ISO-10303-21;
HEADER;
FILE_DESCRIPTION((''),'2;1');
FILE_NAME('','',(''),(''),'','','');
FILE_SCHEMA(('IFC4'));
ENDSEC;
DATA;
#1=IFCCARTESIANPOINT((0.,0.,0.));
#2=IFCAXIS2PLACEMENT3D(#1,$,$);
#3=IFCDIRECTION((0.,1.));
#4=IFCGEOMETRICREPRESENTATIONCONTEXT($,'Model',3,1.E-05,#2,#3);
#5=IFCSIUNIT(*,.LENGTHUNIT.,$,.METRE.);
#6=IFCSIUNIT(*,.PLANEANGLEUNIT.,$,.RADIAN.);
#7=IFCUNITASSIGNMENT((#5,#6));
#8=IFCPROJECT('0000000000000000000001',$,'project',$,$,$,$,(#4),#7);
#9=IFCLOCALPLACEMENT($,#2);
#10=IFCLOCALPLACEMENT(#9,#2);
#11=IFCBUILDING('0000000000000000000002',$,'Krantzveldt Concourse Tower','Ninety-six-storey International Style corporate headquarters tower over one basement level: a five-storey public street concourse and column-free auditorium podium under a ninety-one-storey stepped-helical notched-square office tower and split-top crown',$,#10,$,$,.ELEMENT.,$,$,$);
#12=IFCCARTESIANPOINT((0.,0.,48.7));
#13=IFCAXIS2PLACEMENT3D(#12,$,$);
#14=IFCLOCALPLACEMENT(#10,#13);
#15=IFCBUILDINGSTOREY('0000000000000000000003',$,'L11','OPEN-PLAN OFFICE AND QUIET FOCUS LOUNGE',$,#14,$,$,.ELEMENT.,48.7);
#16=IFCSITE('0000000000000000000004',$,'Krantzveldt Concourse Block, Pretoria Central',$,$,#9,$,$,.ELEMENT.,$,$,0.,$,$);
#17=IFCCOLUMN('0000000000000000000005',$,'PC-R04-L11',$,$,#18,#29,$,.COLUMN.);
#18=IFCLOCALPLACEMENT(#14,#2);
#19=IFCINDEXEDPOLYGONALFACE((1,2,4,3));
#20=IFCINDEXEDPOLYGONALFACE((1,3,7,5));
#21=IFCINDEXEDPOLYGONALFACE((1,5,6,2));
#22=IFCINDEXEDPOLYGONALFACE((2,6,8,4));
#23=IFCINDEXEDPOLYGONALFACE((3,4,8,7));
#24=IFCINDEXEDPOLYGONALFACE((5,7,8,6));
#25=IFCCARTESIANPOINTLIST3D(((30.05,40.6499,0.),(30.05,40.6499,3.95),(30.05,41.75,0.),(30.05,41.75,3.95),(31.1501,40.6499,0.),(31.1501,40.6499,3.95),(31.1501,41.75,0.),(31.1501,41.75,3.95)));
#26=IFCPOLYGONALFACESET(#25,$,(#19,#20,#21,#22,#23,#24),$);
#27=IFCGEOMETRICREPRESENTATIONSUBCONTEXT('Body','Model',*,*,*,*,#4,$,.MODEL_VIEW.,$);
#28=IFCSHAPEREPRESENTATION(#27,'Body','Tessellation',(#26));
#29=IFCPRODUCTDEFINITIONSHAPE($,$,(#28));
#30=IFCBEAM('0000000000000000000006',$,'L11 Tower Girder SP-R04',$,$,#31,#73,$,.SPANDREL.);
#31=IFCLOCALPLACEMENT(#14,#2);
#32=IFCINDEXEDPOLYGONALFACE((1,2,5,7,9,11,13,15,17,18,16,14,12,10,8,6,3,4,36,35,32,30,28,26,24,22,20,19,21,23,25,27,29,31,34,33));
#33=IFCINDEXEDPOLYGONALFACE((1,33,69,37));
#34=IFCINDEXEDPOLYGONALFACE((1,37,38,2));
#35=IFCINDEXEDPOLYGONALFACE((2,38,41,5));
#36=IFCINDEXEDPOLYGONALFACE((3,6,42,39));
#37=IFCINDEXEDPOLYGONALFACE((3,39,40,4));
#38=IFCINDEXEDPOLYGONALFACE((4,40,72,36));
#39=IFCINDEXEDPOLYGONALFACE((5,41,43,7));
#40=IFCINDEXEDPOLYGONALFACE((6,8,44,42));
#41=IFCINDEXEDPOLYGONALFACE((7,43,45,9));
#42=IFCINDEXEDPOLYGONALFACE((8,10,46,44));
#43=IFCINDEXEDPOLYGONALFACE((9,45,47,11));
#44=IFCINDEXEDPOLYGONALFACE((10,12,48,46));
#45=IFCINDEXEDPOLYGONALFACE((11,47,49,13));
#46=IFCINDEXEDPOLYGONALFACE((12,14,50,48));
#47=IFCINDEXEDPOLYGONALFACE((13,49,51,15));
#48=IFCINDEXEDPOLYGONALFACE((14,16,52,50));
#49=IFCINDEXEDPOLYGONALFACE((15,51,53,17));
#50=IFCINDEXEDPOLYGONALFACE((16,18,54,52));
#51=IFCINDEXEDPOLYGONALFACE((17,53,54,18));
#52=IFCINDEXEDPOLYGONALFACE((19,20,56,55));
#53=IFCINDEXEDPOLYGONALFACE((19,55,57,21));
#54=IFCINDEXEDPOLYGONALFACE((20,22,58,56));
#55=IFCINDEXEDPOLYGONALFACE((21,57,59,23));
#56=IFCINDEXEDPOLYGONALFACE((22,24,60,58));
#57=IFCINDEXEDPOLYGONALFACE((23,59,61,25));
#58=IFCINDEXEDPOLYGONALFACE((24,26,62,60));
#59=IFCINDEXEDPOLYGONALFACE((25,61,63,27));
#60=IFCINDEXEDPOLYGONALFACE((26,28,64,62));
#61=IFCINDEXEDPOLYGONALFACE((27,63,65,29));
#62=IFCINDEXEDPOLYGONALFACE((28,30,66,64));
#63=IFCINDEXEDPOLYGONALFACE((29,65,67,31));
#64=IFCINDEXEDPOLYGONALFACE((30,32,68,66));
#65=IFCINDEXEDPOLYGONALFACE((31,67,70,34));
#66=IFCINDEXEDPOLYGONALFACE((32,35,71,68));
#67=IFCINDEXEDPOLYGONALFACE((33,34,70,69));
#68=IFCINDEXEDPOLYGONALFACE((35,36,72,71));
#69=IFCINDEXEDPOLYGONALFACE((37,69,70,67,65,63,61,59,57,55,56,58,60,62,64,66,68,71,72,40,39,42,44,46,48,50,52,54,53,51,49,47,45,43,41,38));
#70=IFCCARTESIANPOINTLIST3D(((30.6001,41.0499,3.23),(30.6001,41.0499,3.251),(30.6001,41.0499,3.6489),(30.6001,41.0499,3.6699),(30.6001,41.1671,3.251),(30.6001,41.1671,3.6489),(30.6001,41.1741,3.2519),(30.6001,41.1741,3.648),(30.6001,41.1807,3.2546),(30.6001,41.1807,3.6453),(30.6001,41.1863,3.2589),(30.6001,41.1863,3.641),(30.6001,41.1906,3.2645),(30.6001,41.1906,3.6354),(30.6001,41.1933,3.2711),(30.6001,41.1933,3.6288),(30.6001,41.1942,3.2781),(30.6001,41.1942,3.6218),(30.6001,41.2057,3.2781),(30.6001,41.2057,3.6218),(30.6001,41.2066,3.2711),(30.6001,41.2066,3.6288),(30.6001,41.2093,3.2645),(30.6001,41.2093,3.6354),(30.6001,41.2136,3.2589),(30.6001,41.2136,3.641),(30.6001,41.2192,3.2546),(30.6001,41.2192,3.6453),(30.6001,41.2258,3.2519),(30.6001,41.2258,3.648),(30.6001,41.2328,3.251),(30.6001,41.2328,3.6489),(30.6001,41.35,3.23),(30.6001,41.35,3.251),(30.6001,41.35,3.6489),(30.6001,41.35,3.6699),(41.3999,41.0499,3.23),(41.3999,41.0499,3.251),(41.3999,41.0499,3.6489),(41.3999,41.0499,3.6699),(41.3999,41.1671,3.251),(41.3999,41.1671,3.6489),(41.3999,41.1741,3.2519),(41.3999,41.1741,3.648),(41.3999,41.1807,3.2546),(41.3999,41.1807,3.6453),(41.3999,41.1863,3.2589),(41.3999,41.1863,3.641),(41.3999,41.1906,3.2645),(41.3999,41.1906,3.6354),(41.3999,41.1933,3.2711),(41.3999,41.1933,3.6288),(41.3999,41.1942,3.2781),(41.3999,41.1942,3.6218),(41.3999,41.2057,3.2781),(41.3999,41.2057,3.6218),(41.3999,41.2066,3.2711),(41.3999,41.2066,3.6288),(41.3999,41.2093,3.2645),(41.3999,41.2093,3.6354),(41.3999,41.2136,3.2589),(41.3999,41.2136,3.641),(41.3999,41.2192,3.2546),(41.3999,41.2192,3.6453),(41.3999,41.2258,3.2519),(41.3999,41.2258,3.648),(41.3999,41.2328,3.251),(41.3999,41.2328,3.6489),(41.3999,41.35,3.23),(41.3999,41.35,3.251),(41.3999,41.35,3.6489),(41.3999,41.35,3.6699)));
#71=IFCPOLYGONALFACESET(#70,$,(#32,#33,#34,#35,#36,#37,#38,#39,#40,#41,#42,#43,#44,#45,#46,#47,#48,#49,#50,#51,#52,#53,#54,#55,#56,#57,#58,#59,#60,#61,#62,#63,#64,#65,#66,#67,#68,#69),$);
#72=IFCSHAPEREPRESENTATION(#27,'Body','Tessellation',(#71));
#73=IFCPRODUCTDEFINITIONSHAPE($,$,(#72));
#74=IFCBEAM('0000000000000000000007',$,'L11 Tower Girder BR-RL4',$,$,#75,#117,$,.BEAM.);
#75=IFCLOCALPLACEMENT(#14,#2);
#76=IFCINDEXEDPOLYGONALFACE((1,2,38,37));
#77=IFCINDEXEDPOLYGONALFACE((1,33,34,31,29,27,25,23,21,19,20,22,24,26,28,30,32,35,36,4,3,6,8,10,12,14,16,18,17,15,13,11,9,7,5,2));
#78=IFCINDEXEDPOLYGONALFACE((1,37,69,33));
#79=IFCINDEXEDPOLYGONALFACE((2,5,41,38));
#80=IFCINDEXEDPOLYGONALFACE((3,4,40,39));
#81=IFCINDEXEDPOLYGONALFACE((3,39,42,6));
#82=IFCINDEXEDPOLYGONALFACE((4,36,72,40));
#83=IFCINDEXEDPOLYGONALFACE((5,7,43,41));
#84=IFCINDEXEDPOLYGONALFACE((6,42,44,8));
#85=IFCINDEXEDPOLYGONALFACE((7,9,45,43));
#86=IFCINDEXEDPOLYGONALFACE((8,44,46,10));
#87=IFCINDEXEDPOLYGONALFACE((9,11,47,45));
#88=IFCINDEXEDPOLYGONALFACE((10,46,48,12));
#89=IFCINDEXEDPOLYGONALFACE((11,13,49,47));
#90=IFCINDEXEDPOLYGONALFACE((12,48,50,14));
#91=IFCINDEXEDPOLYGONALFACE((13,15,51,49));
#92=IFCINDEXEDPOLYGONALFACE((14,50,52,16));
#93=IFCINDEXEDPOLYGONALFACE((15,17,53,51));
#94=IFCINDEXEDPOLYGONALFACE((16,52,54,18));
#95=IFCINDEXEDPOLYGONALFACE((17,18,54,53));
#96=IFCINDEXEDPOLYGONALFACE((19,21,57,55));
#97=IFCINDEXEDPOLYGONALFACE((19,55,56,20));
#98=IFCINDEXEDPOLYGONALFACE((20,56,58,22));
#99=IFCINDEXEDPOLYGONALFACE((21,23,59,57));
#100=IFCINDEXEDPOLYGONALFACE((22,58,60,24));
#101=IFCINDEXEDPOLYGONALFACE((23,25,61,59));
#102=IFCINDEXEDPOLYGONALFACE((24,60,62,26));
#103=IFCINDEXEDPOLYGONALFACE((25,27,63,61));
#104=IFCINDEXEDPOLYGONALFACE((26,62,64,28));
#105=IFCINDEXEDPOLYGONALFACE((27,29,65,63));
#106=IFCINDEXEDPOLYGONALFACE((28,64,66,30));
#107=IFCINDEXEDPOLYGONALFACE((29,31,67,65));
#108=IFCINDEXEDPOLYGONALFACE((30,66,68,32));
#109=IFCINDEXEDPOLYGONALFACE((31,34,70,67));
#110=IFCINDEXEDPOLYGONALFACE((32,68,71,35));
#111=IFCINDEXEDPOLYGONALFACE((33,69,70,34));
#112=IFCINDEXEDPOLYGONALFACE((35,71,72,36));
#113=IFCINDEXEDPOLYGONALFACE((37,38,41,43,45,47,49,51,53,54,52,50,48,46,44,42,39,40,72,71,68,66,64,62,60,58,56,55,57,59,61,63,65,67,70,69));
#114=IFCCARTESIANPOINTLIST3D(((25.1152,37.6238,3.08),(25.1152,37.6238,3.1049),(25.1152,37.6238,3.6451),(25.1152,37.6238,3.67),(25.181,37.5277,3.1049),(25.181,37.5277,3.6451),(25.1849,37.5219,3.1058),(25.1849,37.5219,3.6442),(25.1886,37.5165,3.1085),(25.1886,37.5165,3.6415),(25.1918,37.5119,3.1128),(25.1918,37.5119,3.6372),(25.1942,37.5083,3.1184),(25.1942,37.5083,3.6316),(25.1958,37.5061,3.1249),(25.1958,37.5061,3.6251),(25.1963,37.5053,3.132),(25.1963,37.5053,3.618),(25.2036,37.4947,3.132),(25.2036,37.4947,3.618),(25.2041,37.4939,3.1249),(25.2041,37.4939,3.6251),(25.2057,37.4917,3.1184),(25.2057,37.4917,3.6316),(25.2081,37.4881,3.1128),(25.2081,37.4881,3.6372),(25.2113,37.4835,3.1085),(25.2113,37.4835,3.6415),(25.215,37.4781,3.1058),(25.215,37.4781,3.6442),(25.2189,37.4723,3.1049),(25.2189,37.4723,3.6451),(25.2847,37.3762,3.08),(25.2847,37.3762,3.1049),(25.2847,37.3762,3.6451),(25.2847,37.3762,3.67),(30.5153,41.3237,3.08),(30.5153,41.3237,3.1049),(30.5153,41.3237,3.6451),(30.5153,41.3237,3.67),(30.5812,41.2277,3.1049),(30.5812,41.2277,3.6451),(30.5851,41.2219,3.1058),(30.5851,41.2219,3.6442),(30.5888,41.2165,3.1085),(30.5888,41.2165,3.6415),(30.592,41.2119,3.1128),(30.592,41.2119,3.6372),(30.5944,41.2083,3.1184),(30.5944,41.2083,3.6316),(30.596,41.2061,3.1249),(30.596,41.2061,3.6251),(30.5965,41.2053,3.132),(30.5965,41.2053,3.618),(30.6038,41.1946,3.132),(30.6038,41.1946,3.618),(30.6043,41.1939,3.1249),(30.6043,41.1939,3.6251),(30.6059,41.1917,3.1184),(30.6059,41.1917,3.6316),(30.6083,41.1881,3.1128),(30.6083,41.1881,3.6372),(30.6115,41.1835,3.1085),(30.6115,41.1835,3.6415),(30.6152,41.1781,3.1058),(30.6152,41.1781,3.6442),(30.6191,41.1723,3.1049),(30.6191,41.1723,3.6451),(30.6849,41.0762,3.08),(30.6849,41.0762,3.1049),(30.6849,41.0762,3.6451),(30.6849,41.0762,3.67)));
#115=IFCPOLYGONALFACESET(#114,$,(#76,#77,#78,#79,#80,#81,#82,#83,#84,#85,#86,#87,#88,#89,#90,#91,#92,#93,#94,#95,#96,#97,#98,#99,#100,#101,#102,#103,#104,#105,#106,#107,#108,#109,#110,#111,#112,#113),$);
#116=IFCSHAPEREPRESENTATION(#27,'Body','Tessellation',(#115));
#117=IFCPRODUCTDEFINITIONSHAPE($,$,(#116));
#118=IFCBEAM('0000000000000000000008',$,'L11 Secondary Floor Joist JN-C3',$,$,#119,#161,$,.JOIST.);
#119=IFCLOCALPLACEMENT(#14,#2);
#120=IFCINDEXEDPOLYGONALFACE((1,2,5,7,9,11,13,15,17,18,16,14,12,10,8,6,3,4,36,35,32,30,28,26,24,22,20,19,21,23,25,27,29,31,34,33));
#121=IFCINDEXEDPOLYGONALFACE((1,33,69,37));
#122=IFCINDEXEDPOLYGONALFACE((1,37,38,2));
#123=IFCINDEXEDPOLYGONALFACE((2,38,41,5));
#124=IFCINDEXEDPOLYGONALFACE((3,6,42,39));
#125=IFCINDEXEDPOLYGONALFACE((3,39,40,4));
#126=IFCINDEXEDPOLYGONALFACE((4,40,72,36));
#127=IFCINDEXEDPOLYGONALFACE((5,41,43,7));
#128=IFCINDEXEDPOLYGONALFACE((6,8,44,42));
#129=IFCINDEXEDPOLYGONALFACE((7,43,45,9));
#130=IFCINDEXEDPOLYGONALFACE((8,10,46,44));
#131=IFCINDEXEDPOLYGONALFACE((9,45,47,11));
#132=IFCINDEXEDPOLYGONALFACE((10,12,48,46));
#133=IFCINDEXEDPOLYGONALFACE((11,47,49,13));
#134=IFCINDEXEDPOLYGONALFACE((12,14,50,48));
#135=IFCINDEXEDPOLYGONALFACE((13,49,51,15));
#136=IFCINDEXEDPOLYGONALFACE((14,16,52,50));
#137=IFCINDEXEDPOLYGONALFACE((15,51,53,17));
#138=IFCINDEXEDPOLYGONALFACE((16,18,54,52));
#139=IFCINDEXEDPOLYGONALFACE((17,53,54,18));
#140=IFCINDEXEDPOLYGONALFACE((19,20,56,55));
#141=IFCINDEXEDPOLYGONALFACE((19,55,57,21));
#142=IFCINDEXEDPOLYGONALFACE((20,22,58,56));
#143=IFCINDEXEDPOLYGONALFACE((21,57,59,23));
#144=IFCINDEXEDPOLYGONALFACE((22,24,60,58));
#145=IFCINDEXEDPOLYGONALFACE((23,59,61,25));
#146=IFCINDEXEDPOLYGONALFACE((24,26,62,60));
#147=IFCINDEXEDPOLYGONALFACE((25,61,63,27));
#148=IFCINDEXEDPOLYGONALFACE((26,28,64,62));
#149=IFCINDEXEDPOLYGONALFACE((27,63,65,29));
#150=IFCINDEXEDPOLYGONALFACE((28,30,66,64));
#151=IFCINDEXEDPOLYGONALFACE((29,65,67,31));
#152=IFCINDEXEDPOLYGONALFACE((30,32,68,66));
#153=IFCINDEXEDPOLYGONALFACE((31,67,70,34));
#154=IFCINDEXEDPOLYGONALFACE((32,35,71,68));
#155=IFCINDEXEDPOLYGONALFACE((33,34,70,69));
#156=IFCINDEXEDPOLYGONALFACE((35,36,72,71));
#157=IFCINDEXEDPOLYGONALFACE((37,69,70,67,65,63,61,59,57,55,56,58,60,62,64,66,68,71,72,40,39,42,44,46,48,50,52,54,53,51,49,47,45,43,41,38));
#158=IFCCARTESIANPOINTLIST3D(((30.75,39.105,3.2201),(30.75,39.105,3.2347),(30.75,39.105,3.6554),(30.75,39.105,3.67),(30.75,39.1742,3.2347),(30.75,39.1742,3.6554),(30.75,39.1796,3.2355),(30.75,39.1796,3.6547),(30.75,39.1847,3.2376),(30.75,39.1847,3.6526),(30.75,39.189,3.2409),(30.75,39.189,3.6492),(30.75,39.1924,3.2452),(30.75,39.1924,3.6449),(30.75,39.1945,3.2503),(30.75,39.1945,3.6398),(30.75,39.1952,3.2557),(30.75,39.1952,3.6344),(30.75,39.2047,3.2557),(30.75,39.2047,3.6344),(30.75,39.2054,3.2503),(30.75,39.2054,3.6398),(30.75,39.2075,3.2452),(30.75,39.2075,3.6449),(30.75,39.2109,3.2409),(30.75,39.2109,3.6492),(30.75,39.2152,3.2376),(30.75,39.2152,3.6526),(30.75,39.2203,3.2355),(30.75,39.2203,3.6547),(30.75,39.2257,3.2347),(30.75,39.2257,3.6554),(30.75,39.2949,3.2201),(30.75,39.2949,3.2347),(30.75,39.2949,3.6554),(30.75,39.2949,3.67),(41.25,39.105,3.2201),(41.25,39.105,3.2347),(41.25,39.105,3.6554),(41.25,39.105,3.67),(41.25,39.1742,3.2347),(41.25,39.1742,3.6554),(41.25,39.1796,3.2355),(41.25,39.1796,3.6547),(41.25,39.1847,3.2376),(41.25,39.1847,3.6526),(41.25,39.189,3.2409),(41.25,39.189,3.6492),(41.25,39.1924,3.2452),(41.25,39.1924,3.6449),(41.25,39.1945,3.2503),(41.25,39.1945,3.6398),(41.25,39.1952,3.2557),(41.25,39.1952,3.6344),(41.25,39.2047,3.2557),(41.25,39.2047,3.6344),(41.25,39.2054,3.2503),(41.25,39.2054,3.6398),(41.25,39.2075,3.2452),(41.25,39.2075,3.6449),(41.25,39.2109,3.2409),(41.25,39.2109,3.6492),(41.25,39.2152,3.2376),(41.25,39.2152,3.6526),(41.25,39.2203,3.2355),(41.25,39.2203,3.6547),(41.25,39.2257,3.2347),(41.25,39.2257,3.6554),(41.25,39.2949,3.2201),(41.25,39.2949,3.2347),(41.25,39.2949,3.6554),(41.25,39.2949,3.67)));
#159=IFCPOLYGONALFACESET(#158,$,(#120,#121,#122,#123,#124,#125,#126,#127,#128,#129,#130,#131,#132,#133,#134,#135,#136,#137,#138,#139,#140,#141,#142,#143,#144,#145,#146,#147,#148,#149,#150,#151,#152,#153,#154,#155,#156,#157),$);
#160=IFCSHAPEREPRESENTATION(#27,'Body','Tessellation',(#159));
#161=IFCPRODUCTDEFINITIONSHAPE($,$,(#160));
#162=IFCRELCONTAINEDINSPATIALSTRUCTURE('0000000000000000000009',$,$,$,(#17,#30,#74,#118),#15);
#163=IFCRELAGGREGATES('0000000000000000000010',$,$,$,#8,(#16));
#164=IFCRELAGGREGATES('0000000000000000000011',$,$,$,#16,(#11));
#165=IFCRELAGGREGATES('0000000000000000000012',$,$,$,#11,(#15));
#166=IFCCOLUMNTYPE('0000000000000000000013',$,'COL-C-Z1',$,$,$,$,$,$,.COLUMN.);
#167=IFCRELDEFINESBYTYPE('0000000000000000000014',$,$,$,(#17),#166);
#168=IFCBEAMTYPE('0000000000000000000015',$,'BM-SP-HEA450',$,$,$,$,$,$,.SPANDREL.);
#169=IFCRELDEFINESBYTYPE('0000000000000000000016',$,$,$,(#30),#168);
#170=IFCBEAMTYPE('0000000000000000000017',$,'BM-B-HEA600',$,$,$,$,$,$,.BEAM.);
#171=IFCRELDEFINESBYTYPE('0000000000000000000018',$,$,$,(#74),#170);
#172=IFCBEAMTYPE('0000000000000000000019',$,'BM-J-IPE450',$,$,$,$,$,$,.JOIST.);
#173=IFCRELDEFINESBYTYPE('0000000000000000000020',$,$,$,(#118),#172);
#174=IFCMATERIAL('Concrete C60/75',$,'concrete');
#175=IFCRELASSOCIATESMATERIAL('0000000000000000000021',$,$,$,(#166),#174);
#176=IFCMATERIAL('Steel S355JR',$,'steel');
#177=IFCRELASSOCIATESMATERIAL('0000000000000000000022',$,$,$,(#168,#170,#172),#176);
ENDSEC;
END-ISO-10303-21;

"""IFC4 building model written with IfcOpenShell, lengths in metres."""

from ifc_helpers import new_model, si_unit, direction, frame, origin, origin_2d, place, context, subcontext, project, spatial, rectangle, i_section, extrude, source, transform, mapped, material, material_profile, profile_set, type_object, type_shapes, element, save


model = new_model("IFC4")

# Units and contexts
model_context = context("Model", 3, precision=1e-05, world=origin(), true_north=direction((0.0, 1.0)))
body_context = subcontext(model_context, "Body", "Model", "MODEL_VIEW")
ifc_project = project(units=[si_unit("LENGTHUNIT", "METRE"), si_unit("PLANEANGLEUNIT", "RADIAN")], contexts=[model_context])

# Site, building, storey
site_placement = place(None, origin())
site = spatial("IfcSite", under=ifc_project, at=site_placement, Name="Krantzveldt Concourse Block, Pretoria Central", CompositionType="ELEMENT", RefElevation=0.0)
building_placement = place(site_placement, origin())
building = spatial("IfcBuilding", under=site, at=building_placement, Name="Krantzveldt Concourse Tower", Description="Ninety-six-storey International Style corporate headquarters tower over one basement level: a five-storey public street concourse and column-free auditorium podium under a ninety-one-storey stepped-helical notched-square office tower and split-top crown", CompositionType="ELEMENT")
storey_placement = place(building_placement, frame((0.0, 0.0, 48.7)))
storey = spatial("IfcBuildingStorey", under=building, at=storey_placement, Name="L11", Description="OPEN-PLAN OFFICE AND QUIET FOCUS LOUNGE", CompositionType="ELEMENT", Elevation=48.7)

# Column
ifc_material_1 = material(Name="Concrete C60/75", Category="concrete")
ifc_material_profile_1 = material_profile(ifc_material_1, rectangle(XDim=1.1001, YDim=1.1001, at=origin_2d()), Name="Concrete C60/75", Category="concrete")
ifc_profile_set_1 = profile_set([ifc_material_profile_1], Name="Concrete C60/75 - RC 1100x1100")
column_type = type_object("IfcColumnType", Name="COL-C-Z1", PredefinedType="COLUMN", material=ifc_profile_set_1)
shared_shape_1 = source(origin(), body_context, "Body", "SweptSolid", [
    extrude(rectangle(XDim=1.1001, YDim=1.1001, at=origin_2d()), origin(), (0.0, 0.0, 1.0), 3.95),
])
type_shapes(column_type, [shared_shape_1])
column_placement = place(storey_placement, frame((30.6001, 41.2, 0.0), z_axis=(0.0, 0.0, 1.0), x_axis=(1.0, 0.0, 0.0)))
element("IfcColumn", 1, at=column_placement, inside=storey, type_object=column_type, Name="PC-R04-L11", PredefinedType="COLUMN", context=body_context, shape_type="MappedRepresentation", body=[
    mapped(shared_shape_1, transform((0.0, 0.0, 0.0), x_axis=(1.0, 0.0, 0.0), y_axis=(0.0, 1.0, 0.0), z_axis=(0.0, 0.0, 1.0), scale=1.0)),
])

# Beams
ifc_material_2 = material(Name="Steel S355JR", Category="steel")
ifc_material_profile_2 = material_profile(ifc_material_2, i_section(OverallWidth=0.3, OverallDepth=0.4399, WebThickness=0.0115, FlangeThickness=0.021, FilletRadius=0.0271, at=origin_2d()), Name="Steel S355JR", Category="steel")
ifc_profile_set_2 = profile_set([ifc_material_profile_2], Name="Steel S355JR - HEA 450")
beam_type_1 = type_object("IfcBeamType", Name="BM-SP-HEA450", PredefinedType="SPANDREL", material=ifc_profile_set_2)
shared_shape_2 = source(origin(), body_context, "Body", "SweptSolid", [
    extrude(i_section(OverallWidth=0.3, OverallDepth=0.4399, WebThickness=0.0115, FlangeThickness=0.021, FilletRadius=0.0271, at=origin_2d()), origin(), (0.0, 0.0, 1.0), 10.7998),
])
type_shapes(beam_type_1, [shared_shape_2])
beam_1_placement = place(storey_placement, frame((30.6001, 41.2, 3.45), z_axis=(1.0, 0.0, 0.0), x_axis=(0.0, 1.0, 0.0)))
element("IfcBeam", 2, at=beam_1_placement, inside=storey, type_object=beam_type_1, Name="L11 Tower Girder SP-R04", PredefinedType="SPANDREL", context=body_context, shape_type="MappedRepresentation", body=[
    mapped(shared_shape_2, transform((0.0, 0.0, 0.0), x_axis=(1.0, 0.0, 0.0), y_axis=(0.0, 1.0, 0.0), z_axis=(0.0, 0.0, 1.0), scale=1.0)),
])
ifc_material_profile_3 = material_profile(ifc_material_2, i_section(OverallWidth=0.3, OverallDepth=0.5901, WebThickness=0.0129, FlangeThickness=0.0249, FilletRadius=0.0271, at=origin_2d()), Name="Steel S355JR", Category="steel")
ifc_profile_set_3 = profile_set([ifc_material_profile_3], Name="Steel S355JR - HEA 600")
beam_type_2 = type_object("IfcBeamType", Name="BM-B-HEA600", PredefinedType="BEAM", material=ifc_profile_set_3)
shared_shape_3 = source(origin(), body_context, "Body", "SweptSolid", [
    extrude(i_section(OverallWidth=0.3, OverallDepth=0.5901, WebThickness=0.0129, FlangeThickness=0.0249, FilletRadius=0.0271, at=origin_2d()), origin(), (0.0, 0.0, 1.0), 6.5461),
])
type_shapes(beam_type_2, [shared_shape_3])
beam_2_placement = place(storey_placement, frame((25.2, 37.5, 3.375), z_axis=(0.824943, 0.565216, 0.0), x_axis=(-0.565216, 0.824943, 0.0)))
element("IfcBeam", 3, at=beam_2_placement, inside=storey, type_object=beam_type_2, Name="L11 Tower Girder BR-RL4", PredefinedType="BEAM", context=body_context, shape_type="MappedRepresentation", body=[
    mapped(shared_shape_3, transform((0.0, 0.0, 0.0), x_axis=(1.0, 0.0, 0.0), y_axis=(0.0, 1.0, 0.0), z_axis=(0.0, 0.0, 1.0), scale=1.0)),
])
ifc_material_profile_4 = material_profile(ifc_material_2, i_section(OverallWidth=0.1899, OverallDepth=0.45, WebThickness=0.0095, FlangeThickness=0.0146, FilletRadius=0.021, at=origin_2d()), Name="Steel S355JR", Category="steel")
ifc_profile_set_4 = profile_set([ifc_material_profile_4], Name="Steel S355JR - IPE 450")
beam_type_3 = type_object("IfcBeamType", Name="BM-J-IPE450", PredefinedType="JOIST", material=ifc_profile_set_4)
shared_shape_4 = source(origin(), body_context, "Body", "SweptSolid", [
    extrude(i_section(OverallWidth=0.1899, OverallDepth=0.45, WebThickness=0.0095, FlangeThickness=0.0146, FilletRadius=0.021, at=origin_2d()), origin(), (0.0, 0.0, 1.0), 10.5),
])
type_shapes(beam_type_3, [shared_shape_4])
beam_3_placement = place(storey_placement, frame((30.75, 39.2, 3.4451), z_axis=(1.0, 0.0, 0.0), x_axis=(0.0, 1.0, 0.0)))
element("IfcBeam", 4, at=beam_3_placement, inside=storey, type_object=beam_type_3, Name="L11 Secondary Floor Joist JN-C3", PredefinedType="JOIST", context=body_context, shape_type="MappedRepresentation", body=[
    mapped(shared_shape_4, transform((0.0, 0.0, 0.0), x_axis=(1.0, 0.0, 0.0), y_axis=(0.0, 1.0, 0.0), z_axis=(0.0, 0.0, 1.0), scale=1.0)),
])

save(model, "model.ifc")
